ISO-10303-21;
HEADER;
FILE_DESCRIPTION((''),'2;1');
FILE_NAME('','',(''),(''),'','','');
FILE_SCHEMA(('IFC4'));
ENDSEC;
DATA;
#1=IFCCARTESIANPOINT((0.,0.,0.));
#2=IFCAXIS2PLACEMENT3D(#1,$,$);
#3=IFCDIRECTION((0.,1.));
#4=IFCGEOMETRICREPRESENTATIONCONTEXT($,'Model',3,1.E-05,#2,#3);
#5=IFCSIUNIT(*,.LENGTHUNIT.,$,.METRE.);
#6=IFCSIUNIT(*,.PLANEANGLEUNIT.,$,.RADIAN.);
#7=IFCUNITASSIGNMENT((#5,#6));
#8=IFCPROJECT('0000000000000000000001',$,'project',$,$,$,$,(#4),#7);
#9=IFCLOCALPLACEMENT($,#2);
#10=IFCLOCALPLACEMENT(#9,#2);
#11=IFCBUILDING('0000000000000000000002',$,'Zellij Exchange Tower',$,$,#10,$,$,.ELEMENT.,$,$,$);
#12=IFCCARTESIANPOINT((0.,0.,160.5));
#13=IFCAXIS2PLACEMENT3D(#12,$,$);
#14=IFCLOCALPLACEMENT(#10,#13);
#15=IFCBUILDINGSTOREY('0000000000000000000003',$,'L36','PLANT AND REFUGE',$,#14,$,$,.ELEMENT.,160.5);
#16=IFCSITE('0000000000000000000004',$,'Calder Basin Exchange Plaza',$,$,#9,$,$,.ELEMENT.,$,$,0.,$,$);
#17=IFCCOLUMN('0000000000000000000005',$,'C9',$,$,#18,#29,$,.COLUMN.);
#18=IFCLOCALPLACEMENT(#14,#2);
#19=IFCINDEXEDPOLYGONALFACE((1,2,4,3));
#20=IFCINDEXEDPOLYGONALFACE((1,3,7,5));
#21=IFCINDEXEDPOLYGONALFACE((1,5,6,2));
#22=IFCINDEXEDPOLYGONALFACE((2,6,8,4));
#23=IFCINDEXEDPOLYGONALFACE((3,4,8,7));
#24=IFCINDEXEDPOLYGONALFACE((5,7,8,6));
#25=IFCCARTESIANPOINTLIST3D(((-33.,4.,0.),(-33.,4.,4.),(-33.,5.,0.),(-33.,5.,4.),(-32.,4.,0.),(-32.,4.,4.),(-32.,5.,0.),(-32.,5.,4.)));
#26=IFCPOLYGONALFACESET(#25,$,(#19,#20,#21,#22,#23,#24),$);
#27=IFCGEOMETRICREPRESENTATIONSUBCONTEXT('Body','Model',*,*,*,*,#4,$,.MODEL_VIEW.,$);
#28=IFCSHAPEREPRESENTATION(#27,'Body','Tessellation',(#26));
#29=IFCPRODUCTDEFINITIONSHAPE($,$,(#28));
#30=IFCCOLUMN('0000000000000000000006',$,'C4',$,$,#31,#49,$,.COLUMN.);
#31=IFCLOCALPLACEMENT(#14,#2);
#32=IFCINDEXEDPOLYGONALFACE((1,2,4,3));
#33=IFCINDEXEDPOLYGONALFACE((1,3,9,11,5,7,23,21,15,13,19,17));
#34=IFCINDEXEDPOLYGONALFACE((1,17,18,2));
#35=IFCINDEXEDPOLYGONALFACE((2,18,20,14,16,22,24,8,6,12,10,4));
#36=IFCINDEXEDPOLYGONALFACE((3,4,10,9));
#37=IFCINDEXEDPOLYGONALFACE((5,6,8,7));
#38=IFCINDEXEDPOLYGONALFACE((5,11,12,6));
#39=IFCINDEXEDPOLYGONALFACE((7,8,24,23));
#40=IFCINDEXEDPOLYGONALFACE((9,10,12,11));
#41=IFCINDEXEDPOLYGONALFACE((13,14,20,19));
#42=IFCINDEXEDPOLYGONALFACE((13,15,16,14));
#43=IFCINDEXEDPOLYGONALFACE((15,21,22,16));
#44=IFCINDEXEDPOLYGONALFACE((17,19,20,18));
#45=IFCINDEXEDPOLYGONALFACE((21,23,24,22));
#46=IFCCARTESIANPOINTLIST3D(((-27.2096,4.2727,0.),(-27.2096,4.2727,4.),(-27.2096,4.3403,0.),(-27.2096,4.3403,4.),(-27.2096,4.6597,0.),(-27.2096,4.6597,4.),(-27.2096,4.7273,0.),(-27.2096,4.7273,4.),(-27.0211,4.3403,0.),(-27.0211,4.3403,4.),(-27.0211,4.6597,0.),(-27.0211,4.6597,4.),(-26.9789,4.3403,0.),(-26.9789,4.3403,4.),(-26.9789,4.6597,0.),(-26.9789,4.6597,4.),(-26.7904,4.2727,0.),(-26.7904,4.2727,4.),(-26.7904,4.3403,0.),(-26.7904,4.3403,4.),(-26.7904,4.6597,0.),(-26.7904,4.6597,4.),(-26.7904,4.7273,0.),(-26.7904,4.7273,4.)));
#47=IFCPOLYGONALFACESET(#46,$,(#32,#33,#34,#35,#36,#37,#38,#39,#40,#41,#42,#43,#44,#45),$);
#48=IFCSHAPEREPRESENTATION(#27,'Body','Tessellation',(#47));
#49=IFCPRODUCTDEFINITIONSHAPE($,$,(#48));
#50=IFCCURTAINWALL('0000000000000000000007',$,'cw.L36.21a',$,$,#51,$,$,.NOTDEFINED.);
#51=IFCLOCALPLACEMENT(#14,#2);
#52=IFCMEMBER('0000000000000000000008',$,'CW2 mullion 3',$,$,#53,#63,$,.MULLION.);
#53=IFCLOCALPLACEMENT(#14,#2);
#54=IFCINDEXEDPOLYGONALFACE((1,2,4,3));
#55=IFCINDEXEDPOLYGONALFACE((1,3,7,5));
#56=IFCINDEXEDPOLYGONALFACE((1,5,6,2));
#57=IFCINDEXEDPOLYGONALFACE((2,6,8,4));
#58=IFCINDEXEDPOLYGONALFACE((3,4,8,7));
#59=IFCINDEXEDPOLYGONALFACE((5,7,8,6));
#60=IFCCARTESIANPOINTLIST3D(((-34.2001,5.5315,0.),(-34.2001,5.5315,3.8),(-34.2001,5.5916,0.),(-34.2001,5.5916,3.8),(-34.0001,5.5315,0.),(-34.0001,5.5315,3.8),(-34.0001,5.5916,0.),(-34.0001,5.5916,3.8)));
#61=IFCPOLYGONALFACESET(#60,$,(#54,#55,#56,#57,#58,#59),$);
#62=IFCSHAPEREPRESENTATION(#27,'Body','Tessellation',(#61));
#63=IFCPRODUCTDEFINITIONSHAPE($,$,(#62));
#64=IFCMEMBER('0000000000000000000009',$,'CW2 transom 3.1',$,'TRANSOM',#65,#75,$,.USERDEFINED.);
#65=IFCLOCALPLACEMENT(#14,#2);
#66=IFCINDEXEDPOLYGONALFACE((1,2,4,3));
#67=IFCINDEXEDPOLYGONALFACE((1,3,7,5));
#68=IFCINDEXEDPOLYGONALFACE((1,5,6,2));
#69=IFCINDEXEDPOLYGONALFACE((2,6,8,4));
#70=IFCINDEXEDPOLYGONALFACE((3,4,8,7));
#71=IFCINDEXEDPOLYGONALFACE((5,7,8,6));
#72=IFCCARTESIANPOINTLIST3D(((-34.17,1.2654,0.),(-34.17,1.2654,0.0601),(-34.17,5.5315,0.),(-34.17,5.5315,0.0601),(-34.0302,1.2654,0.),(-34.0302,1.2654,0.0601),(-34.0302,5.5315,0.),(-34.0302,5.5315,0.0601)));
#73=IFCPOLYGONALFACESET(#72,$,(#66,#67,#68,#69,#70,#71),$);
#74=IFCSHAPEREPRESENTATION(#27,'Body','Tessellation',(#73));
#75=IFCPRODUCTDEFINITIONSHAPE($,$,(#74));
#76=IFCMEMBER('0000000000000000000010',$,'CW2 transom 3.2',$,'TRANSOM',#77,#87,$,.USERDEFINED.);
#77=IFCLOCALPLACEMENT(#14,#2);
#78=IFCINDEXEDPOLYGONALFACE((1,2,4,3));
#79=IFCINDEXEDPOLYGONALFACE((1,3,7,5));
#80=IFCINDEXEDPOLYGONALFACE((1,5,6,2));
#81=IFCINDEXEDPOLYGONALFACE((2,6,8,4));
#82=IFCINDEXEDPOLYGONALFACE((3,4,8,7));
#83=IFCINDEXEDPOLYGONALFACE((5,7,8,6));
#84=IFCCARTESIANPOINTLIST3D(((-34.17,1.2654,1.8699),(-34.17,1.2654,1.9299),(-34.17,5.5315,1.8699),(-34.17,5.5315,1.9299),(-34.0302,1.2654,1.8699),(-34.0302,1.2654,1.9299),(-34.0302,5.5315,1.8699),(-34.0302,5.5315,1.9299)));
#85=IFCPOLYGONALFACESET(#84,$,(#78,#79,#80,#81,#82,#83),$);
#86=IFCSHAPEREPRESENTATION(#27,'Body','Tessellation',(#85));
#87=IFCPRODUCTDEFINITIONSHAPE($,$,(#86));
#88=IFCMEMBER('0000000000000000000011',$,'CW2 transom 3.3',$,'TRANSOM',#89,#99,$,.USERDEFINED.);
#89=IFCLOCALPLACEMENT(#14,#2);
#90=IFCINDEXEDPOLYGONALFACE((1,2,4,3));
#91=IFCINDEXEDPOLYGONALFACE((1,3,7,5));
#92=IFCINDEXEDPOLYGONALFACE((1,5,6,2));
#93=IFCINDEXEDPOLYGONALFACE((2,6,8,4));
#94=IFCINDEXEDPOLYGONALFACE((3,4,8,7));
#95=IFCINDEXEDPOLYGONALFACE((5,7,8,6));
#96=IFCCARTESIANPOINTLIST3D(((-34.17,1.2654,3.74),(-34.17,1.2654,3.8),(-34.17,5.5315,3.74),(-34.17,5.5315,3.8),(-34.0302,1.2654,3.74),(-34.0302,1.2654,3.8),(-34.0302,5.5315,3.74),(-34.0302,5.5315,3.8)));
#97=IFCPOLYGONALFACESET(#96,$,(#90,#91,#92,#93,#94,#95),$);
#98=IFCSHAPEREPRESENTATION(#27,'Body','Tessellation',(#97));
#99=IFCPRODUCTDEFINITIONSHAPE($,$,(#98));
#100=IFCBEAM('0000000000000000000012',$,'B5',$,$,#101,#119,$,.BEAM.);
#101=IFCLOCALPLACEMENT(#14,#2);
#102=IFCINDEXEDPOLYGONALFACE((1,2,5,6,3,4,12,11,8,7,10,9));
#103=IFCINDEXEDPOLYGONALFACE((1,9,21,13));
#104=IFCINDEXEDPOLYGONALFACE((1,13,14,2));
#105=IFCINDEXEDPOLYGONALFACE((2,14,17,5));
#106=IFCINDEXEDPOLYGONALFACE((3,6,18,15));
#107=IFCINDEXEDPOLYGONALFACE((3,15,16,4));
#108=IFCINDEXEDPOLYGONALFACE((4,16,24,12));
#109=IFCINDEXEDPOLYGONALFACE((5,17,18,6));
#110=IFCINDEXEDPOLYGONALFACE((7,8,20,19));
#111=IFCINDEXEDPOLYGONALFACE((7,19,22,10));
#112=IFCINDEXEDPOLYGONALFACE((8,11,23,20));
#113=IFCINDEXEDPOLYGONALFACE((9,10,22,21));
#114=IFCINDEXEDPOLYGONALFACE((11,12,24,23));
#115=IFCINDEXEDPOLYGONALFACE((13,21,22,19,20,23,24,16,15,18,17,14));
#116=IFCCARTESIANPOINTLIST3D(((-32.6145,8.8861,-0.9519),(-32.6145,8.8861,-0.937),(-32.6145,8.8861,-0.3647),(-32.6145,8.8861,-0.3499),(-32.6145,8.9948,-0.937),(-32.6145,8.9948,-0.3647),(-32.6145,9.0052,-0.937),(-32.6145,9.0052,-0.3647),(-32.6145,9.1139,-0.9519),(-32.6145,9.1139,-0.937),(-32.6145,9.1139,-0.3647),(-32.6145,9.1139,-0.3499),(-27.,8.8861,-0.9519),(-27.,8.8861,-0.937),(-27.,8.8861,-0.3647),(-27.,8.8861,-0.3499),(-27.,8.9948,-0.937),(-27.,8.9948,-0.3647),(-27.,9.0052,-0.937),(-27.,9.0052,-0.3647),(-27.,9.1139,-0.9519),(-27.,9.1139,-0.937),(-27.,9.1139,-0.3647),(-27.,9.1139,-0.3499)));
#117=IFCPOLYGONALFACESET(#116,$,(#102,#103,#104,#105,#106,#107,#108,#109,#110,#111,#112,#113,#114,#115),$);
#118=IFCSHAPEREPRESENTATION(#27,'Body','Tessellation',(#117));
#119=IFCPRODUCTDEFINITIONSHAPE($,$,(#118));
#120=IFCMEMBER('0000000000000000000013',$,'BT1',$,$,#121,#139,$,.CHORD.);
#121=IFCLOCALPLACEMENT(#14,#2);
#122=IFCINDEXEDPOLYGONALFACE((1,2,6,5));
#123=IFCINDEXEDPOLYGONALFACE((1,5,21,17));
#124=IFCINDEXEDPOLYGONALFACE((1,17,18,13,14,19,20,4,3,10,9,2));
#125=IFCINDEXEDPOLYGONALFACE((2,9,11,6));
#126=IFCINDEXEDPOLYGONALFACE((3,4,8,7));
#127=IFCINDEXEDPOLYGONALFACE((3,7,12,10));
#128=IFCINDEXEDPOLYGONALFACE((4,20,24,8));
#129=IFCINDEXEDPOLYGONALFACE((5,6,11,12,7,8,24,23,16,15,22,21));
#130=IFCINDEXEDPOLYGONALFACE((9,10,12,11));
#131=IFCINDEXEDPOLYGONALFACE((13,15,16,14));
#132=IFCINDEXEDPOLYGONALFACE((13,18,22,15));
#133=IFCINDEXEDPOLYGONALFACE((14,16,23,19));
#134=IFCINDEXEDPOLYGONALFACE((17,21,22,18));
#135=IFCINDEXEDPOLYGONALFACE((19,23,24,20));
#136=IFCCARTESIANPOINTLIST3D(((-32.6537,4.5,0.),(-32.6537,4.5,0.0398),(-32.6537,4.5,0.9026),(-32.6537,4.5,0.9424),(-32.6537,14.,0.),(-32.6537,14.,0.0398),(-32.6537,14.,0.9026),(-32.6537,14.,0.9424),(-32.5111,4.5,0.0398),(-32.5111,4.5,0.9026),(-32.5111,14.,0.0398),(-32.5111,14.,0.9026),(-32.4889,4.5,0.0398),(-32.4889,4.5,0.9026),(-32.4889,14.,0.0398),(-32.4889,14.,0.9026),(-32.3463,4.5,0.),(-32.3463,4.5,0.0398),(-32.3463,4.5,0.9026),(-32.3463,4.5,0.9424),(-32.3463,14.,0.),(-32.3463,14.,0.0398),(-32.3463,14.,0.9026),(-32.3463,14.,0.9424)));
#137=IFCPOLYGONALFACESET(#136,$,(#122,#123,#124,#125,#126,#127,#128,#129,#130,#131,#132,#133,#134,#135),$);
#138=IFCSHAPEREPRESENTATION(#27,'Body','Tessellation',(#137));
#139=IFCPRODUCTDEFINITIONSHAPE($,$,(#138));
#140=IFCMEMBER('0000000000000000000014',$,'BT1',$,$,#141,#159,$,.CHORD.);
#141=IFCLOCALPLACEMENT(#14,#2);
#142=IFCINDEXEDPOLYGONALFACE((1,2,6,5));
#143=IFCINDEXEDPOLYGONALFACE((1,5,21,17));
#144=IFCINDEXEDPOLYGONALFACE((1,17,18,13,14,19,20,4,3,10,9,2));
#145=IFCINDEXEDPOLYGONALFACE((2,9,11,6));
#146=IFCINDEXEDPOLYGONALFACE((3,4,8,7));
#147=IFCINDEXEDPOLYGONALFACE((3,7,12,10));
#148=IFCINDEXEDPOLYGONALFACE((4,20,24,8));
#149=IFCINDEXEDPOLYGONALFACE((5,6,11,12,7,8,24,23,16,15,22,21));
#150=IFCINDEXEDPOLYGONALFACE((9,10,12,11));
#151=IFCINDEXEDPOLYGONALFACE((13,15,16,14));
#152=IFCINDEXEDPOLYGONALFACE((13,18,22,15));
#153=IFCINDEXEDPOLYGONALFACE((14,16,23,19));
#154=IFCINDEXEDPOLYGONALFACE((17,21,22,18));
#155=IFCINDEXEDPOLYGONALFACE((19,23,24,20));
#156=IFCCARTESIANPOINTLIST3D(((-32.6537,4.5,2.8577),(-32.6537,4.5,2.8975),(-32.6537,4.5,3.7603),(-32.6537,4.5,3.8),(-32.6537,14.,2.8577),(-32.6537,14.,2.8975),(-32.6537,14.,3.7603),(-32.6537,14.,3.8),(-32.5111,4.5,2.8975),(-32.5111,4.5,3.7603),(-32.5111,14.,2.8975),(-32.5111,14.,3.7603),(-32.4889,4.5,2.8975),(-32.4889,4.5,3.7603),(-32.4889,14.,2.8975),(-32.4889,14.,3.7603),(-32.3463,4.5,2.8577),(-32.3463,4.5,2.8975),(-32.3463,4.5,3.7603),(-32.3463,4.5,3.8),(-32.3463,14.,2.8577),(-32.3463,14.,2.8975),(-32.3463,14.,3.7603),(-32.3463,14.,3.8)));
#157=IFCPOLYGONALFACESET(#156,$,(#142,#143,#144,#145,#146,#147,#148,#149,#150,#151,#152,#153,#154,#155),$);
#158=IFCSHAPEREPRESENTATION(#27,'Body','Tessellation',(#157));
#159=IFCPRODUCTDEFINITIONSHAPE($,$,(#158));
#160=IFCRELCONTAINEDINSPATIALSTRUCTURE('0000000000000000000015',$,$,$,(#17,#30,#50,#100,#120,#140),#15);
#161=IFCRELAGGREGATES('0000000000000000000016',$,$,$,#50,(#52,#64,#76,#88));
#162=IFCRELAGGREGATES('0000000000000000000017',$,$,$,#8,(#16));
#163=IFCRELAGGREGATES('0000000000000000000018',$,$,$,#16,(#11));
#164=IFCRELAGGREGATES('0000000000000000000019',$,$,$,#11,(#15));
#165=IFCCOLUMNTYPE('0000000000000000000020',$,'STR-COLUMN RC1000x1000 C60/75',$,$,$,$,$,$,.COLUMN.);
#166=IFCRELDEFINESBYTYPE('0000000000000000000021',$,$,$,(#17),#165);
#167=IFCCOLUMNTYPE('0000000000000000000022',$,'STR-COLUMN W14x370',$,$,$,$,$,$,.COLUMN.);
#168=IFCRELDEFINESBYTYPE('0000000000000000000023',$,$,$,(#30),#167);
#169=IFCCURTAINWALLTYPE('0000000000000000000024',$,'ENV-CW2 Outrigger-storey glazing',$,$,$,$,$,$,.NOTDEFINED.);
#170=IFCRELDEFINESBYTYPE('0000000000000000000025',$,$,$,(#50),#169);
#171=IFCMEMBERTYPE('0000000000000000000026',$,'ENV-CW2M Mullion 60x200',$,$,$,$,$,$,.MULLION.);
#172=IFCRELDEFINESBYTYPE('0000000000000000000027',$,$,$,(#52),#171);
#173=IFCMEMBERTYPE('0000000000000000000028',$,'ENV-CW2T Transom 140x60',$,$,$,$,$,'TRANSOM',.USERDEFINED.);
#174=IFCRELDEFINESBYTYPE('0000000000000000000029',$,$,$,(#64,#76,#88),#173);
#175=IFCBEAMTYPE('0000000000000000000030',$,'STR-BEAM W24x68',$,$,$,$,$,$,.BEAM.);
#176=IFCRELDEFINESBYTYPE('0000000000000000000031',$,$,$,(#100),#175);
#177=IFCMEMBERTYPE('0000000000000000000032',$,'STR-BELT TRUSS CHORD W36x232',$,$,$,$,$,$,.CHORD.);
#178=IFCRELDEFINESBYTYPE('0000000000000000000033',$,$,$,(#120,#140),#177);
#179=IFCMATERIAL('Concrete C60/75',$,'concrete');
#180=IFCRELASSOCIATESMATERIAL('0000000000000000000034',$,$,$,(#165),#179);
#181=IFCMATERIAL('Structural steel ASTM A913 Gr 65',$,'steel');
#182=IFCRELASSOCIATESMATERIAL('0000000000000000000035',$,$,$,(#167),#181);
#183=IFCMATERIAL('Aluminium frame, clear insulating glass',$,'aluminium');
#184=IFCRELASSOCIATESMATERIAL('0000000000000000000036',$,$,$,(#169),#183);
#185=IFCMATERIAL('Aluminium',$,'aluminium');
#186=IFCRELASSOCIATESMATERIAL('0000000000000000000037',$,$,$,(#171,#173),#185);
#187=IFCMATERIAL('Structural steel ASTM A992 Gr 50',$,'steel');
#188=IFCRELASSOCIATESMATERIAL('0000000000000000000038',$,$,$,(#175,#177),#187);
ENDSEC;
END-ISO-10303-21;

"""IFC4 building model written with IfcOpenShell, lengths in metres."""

from ifc_helpers import new_model, si_unit, direction, frame, origin, origin_2d, place, context, subcontext, project, spatial, rectangle, i_section, extrude, material, material_profile, profile_set, type_object, element, aggregate, save


model = new_model("IFC4")

# Units and contexts
model_context = context("Model", 3, precision=1e-05, world=origin(), true_north=direction((0.0, 1.0)))
body_context = subcontext(model_context, "Body", "Model", "MODEL_VIEW")
ifc_project = project(units=[si_unit("LENGTHUNIT", "METRE"), si_unit("PLANEANGLEUNIT", "RADIAN")], contexts=[model_context])

# Site, building, storey
site_placement = place(None, origin())
site = spatial("IfcSite", under=ifc_project, at=site_placement, Name="Calder Basin Exchange Plaza", CompositionType="ELEMENT", RefElevation=0.0)
building_placement = place(site_placement, origin())
building = spatial("IfcBuilding", under=site, at=building_placement, Name="Zellij Exchange Tower", CompositionType="ELEMENT")
storey_placement = place(building_placement, frame((0.0, 0.0, 160.5)))
storey = spatial("IfcBuildingStorey", under=building, at=storey_placement, Name="L36", Description="PLANT AND REFUGE", CompositionType="ELEMENT", Elevation=160.5)

# Columns
ifc_material_1 = material(Name="Concrete C60/75", Category="concrete")
ifc_material_profile_1 = material_profile(ifc_material_1, rectangle(XDim=1.0, YDim=1.0, at=origin_2d()), Name="STR-COLUMN RC1000x1000 C60/75")
ifc_profile_set_1 = profile_set([ifc_material_profile_1], Name="Concrete C60/75")
column_type_1 = type_object("IfcColumnType", Name="STR-COLUMN RC1000x1000 C60/75", PredefinedType="COLUMN", material=ifc_profile_set_1)
column_1_placement = place(storey_placement, frame((-32.5, 4.5, 0.0), z_axis=(0.0, 0.0, 1.0), x_axis=(1.0, 0.0, 0.0)))
element("IfcColumn", 1, at=column_1_placement, inside=storey, type_object=column_type_1, Name="C9", PredefinedType="COLUMN", context=body_context, shape_type="SweptSolid", body=[
    extrude(rectangle(XDim=1.0, YDim=1.0, at=origin_2d()), origin(), (0.0, 0.0, 1.0), 4.0),
])
ifc_material_2 = material(Name="Structural steel ASTM A913 Gr 65", Category="steel")
ifc_material_profile_2 = material_profile(ifc_material_2, i_section(OverallWidth=0.4192, OverallDepth=0.4546, WebThickness=0.0422, FlangeThickness=0.0676, at=origin_2d()), Name="W14x370")
ifc_profile_set_2 = profile_set([ifc_material_profile_2], Name="Structural steel ASTM A913 Gr 65")
column_type_2 = type_object("IfcColumnType", Name="STR-COLUMN W14x370", PredefinedType="COLUMN", material=ifc_profile_set_2)
column_2_placement = place(storey_placement, frame((-27.0, 4.5, 0.0), z_axis=(0.0, 0.0, 1.0), x_axis=(1.0, 0.0, 0.0)))
element("IfcColumn", 2, at=column_2_placement, inside=storey, type_object=column_type_2, Name="C4", PredefinedType="COLUMN", context=body_context, shape_type="SweptSolid", body=[
    extrude(i_section(OverallWidth=0.4192, OverallDepth=0.4546, WebThickness=0.0422, FlangeThickness=0.0676, at=origin_2d()), origin(), (0.0, 0.0, 1.0), 4.0),
])

# Curtain wall, members
ifc_material_3 = material(Name="Aluminium frame, clear insulating glass", Category="aluminium")
curtain_wall_type = type_object("IfcCurtainWallType", Name="ENV-CW2 Outrigger-storey glazing", PredefinedType="NOTDEFINED", material=ifc_material_3)
curtain_wall_placement = place(storey_placement, origin())
curtain_wall = element("IfcCurtainWall", 3, at=curtain_wall_placement, inside=storey, type_object=curtain_wall_type, Name="cw.L36.21a", PredefinedType="NOTDEFINED")
ifc_material_4 = material(Name="Aluminium", Category="aluminium")
ifc_material_profile_3 = material_profile(ifc_material_4, rectangle(XDim=0.0601, YDim=0.2, at=origin_2d()), Name="AL 60x200")
ifc_profile_set_3 = profile_set([ifc_material_profile_3], Name="Aluminium")
member_type_1 = type_object("IfcMemberType", Name="ENV-CW2M Mullion 60x200", PredefinedType="MULLION", material=ifc_profile_set_3)
member_1_placement = place(storey_placement, frame((-34.1001, 5.5615, 0.0), z_axis=(0.0, 0.0, 1.0), x_axis=(0.0, -1.0, 0.0)))
member_1 = element("IfcMember", 4, at=member_1_placement, type_object=member_type_1, Name="CW2 mullion 3", PredefinedType="MULLION", context=body_context, shape_type="SweptSolid", body=[
    extrude(rectangle(XDim=0.0601, YDim=0.2, at=origin_2d()), origin(), (0.0, 0.0, 1.0), 3.8),
])
ifc_material_profile_4 = material_profile(ifc_material_4, rectangle(XDim=0.1399, YDim=0.0601, at=origin_2d()), Name="AL 140x60")
ifc_profile_set_4 = profile_set([ifc_material_profile_4], Name="Aluminium")
member_type_2 = type_object("IfcMemberType", Name="ENV-CW2T Transom 140x60", ElementType="TRANSOM", PredefinedType="USERDEFINED", material=ifc_profile_set_4)
member_2_placement = place(storey_placement, frame((-34.1001, 5.5315, 0.03), z_axis=(0.0, -1.0, 0.0), x_axis=(1.0, 0.0, 0.0)))
member_2 = element("IfcMember", 5, at=member_2_placement, type_object=member_type_2, Name="CW2 transom 3.1", ObjectType="TRANSOM", PredefinedType="USERDEFINED", context=body_context, shape_type="SweptSolid", body=[
    extrude(rectangle(XDim=0.1399, YDim=0.0601, at=origin_2d()), origin(), (0.0, 0.0, 1.0), 4.2661),
])
member_3_placement = place(storey_placement, frame((-34.1001, 5.5315, 1.8999), z_axis=(0.0, -1.0, 0.0), x_axis=(1.0, 0.0, 0.0)))
member_3 = element("IfcMember", 6, at=member_3_placement, type_object=member_type_2, Name="CW2 transom 3.2", ObjectType="TRANSOM", PredefinedType="USERDEFINED", context=body_context, shape_type="SweptSolid", body=[
    extrude(rectangle(XDim=0.1399, YDim=0.0601, at=origin_2d()), origin(), (0.0, 0.0, 1.0), 4.2661),
])
member_4_placement = place(storey_placement, frame((-34.1001, 5.5315, 3.77), z_axis=(0.0, -1.0, 0.0), x_axis=(1.0, 0.0, 0.0)))
member_4 = element("IfcMember", 7, at=member_4_placement, type_object=member_type_2, Name="CW2 transom 3.3", ObjectType="TRANSOM", PredefinedType="USERDEFINED", context=body_context, shape_type="SweptSolid", body=[
    extrude(rectangle(XDim=0.1399, YDim=0.0601, at=origin_2d()), origin(), (0.0, 0.0, 1.0), 4.2661),
])

# Beam
ifc_material_5 = material(Name="Structural steel ASTM A992 Gr 50", Category="steel")
ifc_material_profile_5 = material_profile(ifc_material_5, i_section(OverallWidth=0.2278, OverallDepth=0.6021, WebThickness=0.0105, FlangeThickness=0.0149, at=origin_2d()), Name="W24x68")
ifc_profile_set_5 = profile_set([ifc_material_profile_5], Name="Structural steel ASTM A992 Gr 50")
beam_type_1 = type_object("IfcBeamType", Name="STR-BEAM W24x68", PredefinedType="BEAM", material=ifc_profile_set_5)
beam_1_placement = place(storey_placement, frame((-32.6145, 9.0, -0.6509), z_axis=(1.0, 0.0, 0.0), x_axis=(0.0, 1.0, 0.0)))
element("IfcBeam", 8, at=beam_1_placement, inside=storey, type_object=beam_type_1, Name="B5", PredefinedType="BEAM", context=body_context, shape_type="SweptSolid", body=[
    extrude(i_section(OverallWidth=0.2278, OverallDepth=0.6021, WebThickness=0.0105, FlangeThickness=0.0149, at=origin_2d()), origin(), (0.0, 0.0, 1.0), 5.6145),
])

# Members
ifc_material_profile_6 = material_profile(ifc_material_5, i_section(OverallWidth=0.3074, OverallDepth=0.9424, WebThickness=0.0222, FlangeThickness=0.0398, at=origin_2d()), Name="W36x232")
ifc_profile_set_6 = profile_set([ifc_material_profile_6], Name="Structural steel ASTM A992 Gr 50")
member_type_3 = type_object("IfcMemberType", Name="STR-BELT TRUSS CHORD W36x232", PredefinedType="CHORD", material=ifc_profile_set_6)
for number, where, z_axis, x_axis, name in (
    (9, (-32.5, 4.5, 0.4712), (0.0, 1.0, 0.0), (-1.0, 0.0, 0.0), "BT1"),
    (10, (-32.5, 4.5, 3.3289), (0.0, 1.0, 0.0), (-1.0, 0.0, 0.0), "BT1"),
):
    element("IfcMember", number, at=place(storey_placement, frame(where, z_axis=z_axis, x_axis=x_axis)), inside=storey, type_object=member_type_3, Name=name, PredefinedType="CHORD", context=body_context, shape_type="SweptSolid", body=[
        extrude(i_section(OverallWidth=0.3074, OverallDepth=0.9424, WebThickness=0.0222, FlangeThickness=0.0398, at=origin_2d()), origin(), (0.0, 0.0, 1.0), 9.5),
    ])

aggregate(curtain_wall, [member_1, member_2, member_3, member_4])

save(model, "model.ifc")
